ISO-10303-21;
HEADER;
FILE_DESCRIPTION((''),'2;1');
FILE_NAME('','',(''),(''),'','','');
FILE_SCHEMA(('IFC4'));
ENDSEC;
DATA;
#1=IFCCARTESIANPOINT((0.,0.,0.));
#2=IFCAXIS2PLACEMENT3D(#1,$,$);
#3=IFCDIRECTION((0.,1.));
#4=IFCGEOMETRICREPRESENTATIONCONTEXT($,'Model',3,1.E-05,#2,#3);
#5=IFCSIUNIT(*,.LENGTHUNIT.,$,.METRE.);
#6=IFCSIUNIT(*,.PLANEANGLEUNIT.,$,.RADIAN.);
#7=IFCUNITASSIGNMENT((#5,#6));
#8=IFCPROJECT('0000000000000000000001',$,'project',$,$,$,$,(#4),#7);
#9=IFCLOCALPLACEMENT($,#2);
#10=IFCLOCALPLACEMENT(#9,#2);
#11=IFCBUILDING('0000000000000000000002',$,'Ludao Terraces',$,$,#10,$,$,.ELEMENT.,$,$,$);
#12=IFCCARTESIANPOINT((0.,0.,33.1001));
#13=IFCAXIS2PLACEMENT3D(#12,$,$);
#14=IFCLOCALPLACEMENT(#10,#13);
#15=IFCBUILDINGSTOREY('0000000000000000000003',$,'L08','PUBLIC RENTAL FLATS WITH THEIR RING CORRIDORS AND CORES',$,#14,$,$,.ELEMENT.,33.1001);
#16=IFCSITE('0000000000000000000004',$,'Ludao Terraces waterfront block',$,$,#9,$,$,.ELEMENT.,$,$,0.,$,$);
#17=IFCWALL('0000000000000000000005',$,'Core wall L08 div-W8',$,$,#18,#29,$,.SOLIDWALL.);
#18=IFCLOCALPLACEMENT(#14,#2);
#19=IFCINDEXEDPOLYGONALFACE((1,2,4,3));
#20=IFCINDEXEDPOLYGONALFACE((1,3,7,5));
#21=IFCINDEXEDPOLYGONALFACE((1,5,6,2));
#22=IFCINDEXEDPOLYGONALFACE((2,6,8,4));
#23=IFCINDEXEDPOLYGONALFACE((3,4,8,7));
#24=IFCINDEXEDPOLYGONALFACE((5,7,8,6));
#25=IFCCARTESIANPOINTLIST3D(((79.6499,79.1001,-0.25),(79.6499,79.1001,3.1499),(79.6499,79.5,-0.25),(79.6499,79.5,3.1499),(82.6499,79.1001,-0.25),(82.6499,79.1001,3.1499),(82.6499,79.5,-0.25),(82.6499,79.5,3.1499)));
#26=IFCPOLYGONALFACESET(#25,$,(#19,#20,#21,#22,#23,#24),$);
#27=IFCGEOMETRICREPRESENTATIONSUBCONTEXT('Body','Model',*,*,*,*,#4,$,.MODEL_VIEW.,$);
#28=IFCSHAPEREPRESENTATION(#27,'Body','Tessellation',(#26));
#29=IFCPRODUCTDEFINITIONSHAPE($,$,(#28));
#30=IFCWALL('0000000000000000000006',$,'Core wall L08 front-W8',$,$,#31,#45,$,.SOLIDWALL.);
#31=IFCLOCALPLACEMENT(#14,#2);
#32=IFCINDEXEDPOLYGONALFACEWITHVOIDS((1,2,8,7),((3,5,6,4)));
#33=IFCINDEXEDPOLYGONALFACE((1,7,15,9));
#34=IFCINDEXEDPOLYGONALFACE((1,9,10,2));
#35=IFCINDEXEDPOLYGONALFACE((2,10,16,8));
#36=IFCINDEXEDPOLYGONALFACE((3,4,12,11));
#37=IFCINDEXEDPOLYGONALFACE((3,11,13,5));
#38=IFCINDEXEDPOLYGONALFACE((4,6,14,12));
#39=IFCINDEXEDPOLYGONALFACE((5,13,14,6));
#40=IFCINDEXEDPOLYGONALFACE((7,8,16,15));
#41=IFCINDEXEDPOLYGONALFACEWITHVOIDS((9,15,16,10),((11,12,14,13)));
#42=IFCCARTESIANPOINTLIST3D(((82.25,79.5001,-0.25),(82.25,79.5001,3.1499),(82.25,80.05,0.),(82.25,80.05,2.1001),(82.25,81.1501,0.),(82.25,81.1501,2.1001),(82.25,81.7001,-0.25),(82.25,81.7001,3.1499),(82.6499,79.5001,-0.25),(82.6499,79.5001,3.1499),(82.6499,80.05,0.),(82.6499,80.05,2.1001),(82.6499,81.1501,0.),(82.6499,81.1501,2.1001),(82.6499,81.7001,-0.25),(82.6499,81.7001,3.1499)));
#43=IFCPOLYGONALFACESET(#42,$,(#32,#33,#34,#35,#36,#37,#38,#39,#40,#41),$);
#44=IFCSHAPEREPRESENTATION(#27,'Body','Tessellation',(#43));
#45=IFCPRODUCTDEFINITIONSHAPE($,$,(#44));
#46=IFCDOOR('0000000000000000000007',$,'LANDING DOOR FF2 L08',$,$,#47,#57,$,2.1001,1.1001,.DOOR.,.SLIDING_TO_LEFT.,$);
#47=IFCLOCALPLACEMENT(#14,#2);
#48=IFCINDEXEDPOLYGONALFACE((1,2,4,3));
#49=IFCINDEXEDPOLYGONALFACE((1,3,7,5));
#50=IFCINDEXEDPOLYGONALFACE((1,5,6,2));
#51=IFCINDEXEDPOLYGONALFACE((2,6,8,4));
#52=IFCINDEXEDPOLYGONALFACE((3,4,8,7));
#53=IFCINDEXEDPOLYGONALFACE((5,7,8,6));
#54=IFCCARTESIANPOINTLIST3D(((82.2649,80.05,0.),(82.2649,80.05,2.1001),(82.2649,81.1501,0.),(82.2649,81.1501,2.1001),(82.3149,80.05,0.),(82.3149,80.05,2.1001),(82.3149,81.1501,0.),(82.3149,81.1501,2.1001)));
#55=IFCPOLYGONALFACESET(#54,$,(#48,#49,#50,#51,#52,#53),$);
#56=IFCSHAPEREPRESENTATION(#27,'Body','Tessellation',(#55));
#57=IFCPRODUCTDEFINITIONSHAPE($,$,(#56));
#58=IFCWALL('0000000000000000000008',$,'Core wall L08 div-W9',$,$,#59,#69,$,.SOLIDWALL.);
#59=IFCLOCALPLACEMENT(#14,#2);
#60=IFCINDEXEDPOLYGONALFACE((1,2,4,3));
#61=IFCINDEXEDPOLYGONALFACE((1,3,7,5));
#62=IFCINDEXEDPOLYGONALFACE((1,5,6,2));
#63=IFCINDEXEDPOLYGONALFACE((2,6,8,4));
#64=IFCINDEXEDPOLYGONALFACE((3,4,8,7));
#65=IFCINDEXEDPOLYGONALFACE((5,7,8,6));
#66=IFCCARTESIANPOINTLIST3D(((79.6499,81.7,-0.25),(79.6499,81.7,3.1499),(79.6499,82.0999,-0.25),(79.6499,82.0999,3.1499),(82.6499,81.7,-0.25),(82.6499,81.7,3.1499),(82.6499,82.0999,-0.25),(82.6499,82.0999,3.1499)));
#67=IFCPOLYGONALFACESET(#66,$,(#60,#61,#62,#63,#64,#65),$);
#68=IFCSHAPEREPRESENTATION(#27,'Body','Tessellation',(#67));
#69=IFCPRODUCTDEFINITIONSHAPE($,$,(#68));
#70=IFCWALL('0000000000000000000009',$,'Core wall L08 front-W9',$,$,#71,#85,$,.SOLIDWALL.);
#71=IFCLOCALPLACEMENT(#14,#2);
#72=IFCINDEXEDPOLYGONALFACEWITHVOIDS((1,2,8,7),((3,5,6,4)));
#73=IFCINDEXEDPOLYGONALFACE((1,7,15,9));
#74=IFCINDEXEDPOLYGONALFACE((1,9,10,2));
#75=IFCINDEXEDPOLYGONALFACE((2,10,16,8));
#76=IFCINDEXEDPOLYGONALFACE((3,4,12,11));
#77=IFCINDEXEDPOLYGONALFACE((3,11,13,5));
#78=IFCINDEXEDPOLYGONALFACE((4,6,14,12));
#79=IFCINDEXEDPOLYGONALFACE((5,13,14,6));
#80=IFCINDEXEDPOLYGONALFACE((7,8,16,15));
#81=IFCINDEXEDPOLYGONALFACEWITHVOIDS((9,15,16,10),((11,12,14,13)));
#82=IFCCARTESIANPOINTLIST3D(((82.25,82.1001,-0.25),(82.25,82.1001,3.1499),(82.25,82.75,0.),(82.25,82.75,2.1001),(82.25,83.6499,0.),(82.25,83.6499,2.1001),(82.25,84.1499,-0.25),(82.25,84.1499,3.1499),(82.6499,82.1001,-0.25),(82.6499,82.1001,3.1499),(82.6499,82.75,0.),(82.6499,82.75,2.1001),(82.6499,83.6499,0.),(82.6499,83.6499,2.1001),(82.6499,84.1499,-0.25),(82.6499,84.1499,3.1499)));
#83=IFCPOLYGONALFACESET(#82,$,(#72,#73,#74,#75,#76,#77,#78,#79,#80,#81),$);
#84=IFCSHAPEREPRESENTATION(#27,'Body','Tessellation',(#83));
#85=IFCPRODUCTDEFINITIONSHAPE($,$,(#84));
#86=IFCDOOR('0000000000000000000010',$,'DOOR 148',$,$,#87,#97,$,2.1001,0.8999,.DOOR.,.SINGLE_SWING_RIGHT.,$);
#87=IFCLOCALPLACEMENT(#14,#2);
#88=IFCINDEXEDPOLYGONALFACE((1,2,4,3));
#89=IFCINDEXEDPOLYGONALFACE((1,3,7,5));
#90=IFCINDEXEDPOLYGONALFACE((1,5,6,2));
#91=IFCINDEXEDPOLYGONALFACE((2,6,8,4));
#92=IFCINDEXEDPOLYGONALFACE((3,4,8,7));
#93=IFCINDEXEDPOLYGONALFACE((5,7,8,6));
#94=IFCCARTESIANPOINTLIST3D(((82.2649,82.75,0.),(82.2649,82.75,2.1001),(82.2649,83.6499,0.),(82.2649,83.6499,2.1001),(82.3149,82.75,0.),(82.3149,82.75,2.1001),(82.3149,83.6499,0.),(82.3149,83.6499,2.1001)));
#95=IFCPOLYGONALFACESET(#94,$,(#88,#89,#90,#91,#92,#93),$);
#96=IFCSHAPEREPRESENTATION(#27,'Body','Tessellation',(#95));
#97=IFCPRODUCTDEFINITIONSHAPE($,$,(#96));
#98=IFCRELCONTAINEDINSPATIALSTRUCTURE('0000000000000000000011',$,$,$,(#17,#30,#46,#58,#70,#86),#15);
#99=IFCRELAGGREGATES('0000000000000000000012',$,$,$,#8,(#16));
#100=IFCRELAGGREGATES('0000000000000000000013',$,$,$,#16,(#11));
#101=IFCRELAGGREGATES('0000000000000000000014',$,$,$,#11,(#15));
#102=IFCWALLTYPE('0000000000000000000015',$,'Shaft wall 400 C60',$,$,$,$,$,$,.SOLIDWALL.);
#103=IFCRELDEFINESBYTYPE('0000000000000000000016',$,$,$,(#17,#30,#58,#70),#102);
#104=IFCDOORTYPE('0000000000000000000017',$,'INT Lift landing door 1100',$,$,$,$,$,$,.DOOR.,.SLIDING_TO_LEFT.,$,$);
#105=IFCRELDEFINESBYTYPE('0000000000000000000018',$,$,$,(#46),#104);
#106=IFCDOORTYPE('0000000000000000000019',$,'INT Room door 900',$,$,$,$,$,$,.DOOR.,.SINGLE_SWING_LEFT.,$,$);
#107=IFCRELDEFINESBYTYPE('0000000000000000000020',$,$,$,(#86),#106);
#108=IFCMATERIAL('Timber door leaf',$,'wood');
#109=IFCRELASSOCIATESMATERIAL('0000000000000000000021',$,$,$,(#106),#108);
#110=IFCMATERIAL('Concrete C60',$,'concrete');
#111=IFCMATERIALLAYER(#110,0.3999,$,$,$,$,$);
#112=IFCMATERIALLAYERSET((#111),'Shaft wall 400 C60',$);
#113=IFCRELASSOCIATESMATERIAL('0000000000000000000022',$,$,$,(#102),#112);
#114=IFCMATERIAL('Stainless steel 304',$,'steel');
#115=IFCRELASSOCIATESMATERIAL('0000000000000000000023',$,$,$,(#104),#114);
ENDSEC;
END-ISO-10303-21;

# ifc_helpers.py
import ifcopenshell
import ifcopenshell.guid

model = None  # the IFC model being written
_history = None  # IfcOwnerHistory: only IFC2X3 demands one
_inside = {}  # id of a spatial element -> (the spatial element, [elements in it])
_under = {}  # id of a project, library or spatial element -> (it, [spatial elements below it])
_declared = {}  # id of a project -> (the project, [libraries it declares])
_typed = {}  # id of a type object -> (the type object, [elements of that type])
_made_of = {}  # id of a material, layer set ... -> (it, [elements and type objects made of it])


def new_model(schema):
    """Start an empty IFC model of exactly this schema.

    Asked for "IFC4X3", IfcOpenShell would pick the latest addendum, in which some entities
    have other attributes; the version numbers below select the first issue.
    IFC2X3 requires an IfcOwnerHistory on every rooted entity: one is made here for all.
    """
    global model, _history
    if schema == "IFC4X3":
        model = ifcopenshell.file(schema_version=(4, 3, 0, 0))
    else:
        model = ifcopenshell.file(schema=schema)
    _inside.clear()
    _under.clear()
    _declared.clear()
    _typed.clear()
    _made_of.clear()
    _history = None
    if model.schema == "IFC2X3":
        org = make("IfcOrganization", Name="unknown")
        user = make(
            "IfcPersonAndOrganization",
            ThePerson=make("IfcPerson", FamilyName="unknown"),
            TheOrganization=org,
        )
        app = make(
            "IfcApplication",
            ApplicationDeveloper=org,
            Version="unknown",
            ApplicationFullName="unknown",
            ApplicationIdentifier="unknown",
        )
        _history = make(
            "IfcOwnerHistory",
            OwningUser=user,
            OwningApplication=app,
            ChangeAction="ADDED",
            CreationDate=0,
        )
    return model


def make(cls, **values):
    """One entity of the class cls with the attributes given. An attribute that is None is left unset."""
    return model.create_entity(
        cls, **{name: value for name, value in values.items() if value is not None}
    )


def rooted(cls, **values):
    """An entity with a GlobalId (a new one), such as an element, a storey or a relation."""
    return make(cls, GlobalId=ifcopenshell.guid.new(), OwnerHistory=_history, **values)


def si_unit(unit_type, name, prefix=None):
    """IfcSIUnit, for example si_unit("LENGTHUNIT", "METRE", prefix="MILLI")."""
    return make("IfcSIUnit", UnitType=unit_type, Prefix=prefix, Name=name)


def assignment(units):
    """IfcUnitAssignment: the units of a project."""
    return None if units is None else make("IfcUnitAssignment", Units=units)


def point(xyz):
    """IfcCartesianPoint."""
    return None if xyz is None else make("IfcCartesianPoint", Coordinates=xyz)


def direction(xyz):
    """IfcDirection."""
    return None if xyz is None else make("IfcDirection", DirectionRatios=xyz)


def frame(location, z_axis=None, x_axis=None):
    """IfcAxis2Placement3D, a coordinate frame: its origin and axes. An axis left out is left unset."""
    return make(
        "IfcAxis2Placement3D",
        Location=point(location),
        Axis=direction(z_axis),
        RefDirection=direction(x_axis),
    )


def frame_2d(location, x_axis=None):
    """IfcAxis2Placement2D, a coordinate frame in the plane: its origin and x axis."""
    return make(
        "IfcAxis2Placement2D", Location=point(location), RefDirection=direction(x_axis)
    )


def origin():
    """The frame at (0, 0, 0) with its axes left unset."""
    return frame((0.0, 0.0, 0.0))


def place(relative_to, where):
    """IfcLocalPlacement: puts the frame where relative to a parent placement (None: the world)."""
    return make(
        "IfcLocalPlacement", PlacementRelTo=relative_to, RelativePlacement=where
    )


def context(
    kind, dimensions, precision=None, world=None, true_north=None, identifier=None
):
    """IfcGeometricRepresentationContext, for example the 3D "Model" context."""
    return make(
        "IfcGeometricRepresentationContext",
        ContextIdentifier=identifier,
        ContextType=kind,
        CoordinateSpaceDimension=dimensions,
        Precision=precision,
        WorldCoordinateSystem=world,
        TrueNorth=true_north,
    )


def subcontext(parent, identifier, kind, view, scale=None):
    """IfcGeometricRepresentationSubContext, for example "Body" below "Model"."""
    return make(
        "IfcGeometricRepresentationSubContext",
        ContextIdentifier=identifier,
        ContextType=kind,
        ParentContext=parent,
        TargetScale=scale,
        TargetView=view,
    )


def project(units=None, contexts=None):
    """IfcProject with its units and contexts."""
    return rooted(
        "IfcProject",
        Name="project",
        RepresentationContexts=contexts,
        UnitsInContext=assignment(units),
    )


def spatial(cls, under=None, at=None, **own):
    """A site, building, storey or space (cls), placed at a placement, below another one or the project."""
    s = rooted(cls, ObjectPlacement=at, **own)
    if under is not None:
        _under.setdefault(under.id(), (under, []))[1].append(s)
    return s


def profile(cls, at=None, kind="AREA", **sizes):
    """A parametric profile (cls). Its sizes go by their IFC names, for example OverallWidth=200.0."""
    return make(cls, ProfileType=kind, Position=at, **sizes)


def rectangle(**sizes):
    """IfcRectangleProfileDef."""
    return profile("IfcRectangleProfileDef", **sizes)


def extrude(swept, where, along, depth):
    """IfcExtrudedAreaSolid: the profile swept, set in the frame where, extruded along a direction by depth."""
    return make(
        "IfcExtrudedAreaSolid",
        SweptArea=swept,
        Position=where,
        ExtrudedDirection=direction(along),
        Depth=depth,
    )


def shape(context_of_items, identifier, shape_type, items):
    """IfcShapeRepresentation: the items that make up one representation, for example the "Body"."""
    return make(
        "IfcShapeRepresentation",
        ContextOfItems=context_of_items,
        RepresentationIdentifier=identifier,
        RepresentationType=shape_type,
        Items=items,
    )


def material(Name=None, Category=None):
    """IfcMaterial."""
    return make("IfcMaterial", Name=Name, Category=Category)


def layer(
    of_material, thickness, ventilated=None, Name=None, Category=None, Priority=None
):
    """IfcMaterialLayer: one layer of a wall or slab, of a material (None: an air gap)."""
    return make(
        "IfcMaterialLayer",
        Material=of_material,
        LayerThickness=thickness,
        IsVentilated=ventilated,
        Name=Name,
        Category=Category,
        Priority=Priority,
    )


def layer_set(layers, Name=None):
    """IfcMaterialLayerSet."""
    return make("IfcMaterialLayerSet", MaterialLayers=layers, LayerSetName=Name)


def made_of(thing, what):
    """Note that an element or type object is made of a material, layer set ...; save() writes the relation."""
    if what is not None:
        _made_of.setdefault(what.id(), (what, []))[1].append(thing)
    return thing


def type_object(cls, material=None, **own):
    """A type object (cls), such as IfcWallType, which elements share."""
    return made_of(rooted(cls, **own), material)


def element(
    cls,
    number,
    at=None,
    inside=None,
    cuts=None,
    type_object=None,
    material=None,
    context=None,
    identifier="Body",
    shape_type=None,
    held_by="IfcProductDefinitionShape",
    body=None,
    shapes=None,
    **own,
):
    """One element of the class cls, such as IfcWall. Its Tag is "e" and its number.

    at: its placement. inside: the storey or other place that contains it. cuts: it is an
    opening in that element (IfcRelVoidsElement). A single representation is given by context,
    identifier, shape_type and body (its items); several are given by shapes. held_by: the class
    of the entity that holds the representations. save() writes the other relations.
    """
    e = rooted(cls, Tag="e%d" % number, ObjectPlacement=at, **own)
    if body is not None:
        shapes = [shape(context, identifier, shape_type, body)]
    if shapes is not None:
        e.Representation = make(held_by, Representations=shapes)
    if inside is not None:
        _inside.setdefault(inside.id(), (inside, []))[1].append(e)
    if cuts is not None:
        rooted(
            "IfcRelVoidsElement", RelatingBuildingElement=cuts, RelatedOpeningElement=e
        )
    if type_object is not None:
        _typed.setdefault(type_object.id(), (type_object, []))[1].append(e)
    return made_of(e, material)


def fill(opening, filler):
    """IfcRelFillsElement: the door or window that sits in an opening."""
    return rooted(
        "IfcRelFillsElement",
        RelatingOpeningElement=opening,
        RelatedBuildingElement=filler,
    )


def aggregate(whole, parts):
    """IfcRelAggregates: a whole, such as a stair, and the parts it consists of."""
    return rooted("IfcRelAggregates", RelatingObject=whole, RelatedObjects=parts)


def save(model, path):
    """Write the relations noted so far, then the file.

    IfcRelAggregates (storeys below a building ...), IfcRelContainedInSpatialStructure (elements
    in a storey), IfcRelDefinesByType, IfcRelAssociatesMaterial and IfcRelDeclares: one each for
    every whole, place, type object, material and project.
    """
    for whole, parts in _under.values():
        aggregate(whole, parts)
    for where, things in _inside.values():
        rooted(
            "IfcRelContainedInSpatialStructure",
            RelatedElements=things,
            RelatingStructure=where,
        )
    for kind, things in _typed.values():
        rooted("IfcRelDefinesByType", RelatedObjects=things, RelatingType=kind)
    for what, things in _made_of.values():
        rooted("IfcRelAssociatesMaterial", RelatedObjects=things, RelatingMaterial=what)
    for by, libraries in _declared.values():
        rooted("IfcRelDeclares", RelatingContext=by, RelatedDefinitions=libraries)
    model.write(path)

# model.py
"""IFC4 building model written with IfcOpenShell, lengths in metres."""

from ifc_helpers import new_model, si_unit, direction, frame, frame_2d, origin, place, context, subcontext, project, spatial, rectangle, extrude, material, layer, layer_set, type_object, element, fill, save


model = new_model("IFC4")

# Units and contexts
model_context = context("Model", 3, precision=1e-05, world=origin(), true_north=direction((0.0, 1.0)))
body_context = subcontext(model_context, "Body", "Model", "MODEL_VIEW")
ifc_project = project(units=[si_unit("LENGTHUNIT", "METRE"), si_unit("PLANEANGLEUNIT", "RADIAN")], contexts=[model_context])

# Site, building, storey
site_placement = place(None, origin())
site = spatial("IfcSite", under=ifc_project, at=site_placement, Name="Ludao Terraces waterfront block", CompositionType="ELEMENT", RefElevation=0.0)
building_placement = place(site_placement, origin())
building = spatial("IfcBuilding", under=site, at=building_placement, Name="Ludao Terraces", CompositionType="ELEMENT")
storey_placement = place(building_placement, frame((0.0, 0.0, 33.1001)))
storey = spatial("IfcBuildingStorey", under=building, at=storey_placement, Name="L08", Description="PUBLIC RENTAL FLATS WITH THEIR RING CORRIDORS AND CORES", CompositionType="ELEMENT", Elevation=33.1001)

# Shared definitions
ifc_material_1 = material(Name="Concrete C60", Category="concrete")

# Shared definitions
ifc_material_2 = material(Name="Timber door leaf", Category="wood")
door_type_1 = type_object("IfcDoorType", Name="INT Room door 900", OperationType="SINGLE_SWING_LEFT", PredefinedType="DOOR", material=ifc_material_2)

# Wall
ifc_layer_1 = layer(ifc_material_1, 0.3999)
ifc_layer_set_1 = layer_set([ifc_layer_1], Name="Shaft wall 400 C60")
wall_type_1 = type_object("IfcWallType", Name="Shaft wall 400 C60", PredefinedType="SOLIDWALL", material=ifc_layer_set_1)
wall_1_placement = place(storey_placement, frame((79.6499, 79.3, -0.25), z_axis=(0.0, 0.0, 1.0), x_axis=(1.0, 0.0, 0.0)))
element("IfcWall", 1, at=wall_1_placement, inside=storey, type_object=wall_type_1, Name="Core wall L08 div-W8", PredefinedType="SOLIDWALL", context=body_context, shape_type="SweptSolid", body=[
    extrude(rectangle(XDim=3.0, YDim=0.3999, at=frame_2d((1.5, 0.0))), origin(), (0.0, 0.0, 1.0), 3.3999),
])

# Wall, opening, door
wall_2_placement = place(storey_placement, frame((82.45, 79.5, -0.25), z_axis=(0.0, 0.0, 1.0), x_axis=(0.0, 1.0, 0.0)))
wall_2 = element("IfcWall", 2, at=wall_2_placement, inside=storey, type_object=wall_type_1, Name="Core wall L08 front-W8", PredefinedType="SOLIDWALL", context=body_context, shape_type="SweptSolid", body=[
    extrude(rectangle(XDim=2.2, YDim=0.3999, at=frame_2d((1.1001, 0.0))), origin(), (0.0, 0.0, 1.0), 3.3999),
])
opening_1_placement = place(wall_2_placement, frame((0.55, 0.0, 0.25)))
opening_1 = element("IfcOpeningElement", 3, at=opening_1_placement, cuts=wall_2, PredefinedType="OPENING", context=body_context, shape_type="SweptSolid", body=[
    extrude(rectangle(XDim=1.1001, YDim=2.1001, at=frame_2d((0.55, 1.05))), frame((0.0, 0.21, 0.0), z_axis=(0.0, -1.0, 0.0), x_axis=(1.0, 0.0, 0.0)), (0.0, 0.0, 1.0), 0.4199),
])
ifc_material_3 = material(Name="Stainless steel 304", Category="steel")
door_type_2 = type_object("IfcDoorType", Name="INT Lift landing door 1100", OperationType="SLIDING_TO_LEFT", PredefinedType="DOOR", material=ifc_material_3)
door_1_placement = place(opening_1_placement, origin())
door_1 = element("IfcDoor", 4, at=door_1_placement, inside=storey, type_object=door_type_2, Name="LANDING DOOR FF2 L08", OperationType="SLIDING_TO_LEFT", OverallHeight=2.1001, OverallWidth=1.1001, PredefinedType="DOOR", context=body_context, shape_type="SweptSolid", body=[
    extrude(rectangle(XDim=1.1001, YDim=2.1001, at=frame_2d((0.55, 1.05))), frame((0.0, 0.1851, 0.0), z_axis=(0.0, -1.0, 0.0), x_axis=(1.0, 0.0, 0.0)), (0.0, 0.0, 1.0), 0.05),
])
fill(opening_1, door_1)

# Wall
wall_3_placement = place(storey_placement, frame((79.6499, 81.8999, -0.25), z_axis=(0.0, 0.0, 1.0), x_axis=(1.0, 0.0, 0.0)))
element("IfcWall", 5, at=wall_3_placement, inside=storey, type_object=wall_type_1, Name="Core wall L08 div-W9", PredefinedType="SOLIDWALL", context=body_context, shape_type="SweptSolid", body=[
    extrude(rectangle(XDim=3.0, YDim=0.3999, at=frame_2d((1.5, 0.0))), origin(), (0.0, 0.0, 1.0), 3.3999),
])

# Wall, opening, door
wall_4_placement = place(storey_placement, frame((82.45, 82.1001, -0.25), z_axis=(0.0, 0.0, 1.0), x_axis=(0.0, 1.0, 0.0)))
wall_4 = element("IfcWall", 6, at=wall_4_placement, inside=storey, type_object=wall_type_1, Name="Core wall L08 front-W9", PredefinedType="SOLIDWALL", context=body_context, shape_type="SweptSolid", body=[
    extrude(rectangle(XDim=2.0498, YDim=0.3999, at=frame_2d((1.0249, 0.0))), origin(), (0.0, 0.0, 1.0), 3.3999),
])
opening_2_placement = place(wall_4_placement, frame((0.6499, 0.0, 0.25)))
opening_2 = element("IfcOpeningElement", 7, at=opening_2_placement, cuts=wall_4, PredefinedType="OPENING", context=body_context, shape_type="SweptSolid", body=[
    extrude(rectangle(XDim=0.8999, YDim=2.1001, at=frame_2d((0.45, 1.05))), frame((0.0, 0.21, 0.0), z_axis=(0.0, -1.0, 0.0), x_axis=(1.0, 0.0, 0.0)), (0.0, 0.0, 1.0), 0.4199),
])
door_2_placement = place(opening_2_placement, origin())
door_2 = element("IfcDoor", 8, at=door_2_placement, inside=storey, type_object=door_type_1, Name="DOOR 148", OperationType="SINGLE_SWING_RIGHT", OverallHeight=2.1001, OverallWidth=0.8999, PredefinedType="DOOR", context=body_context, shape_type="SweptSolid", body=[
    extrude(rectangle(XDim=0.8999, YDim=2.1001, at=frame_2d((0.45, 1.05))), frame((0.0, 0.1851, 0.0), z_axis=(0.0, -1.0, 0.0), x_axis=(1.0, 0.0, 0.0)), (0.0, 0.0, 1.0), 0.05),
])
fill(opening_2, door_2)

save(model, "model.ifc")
